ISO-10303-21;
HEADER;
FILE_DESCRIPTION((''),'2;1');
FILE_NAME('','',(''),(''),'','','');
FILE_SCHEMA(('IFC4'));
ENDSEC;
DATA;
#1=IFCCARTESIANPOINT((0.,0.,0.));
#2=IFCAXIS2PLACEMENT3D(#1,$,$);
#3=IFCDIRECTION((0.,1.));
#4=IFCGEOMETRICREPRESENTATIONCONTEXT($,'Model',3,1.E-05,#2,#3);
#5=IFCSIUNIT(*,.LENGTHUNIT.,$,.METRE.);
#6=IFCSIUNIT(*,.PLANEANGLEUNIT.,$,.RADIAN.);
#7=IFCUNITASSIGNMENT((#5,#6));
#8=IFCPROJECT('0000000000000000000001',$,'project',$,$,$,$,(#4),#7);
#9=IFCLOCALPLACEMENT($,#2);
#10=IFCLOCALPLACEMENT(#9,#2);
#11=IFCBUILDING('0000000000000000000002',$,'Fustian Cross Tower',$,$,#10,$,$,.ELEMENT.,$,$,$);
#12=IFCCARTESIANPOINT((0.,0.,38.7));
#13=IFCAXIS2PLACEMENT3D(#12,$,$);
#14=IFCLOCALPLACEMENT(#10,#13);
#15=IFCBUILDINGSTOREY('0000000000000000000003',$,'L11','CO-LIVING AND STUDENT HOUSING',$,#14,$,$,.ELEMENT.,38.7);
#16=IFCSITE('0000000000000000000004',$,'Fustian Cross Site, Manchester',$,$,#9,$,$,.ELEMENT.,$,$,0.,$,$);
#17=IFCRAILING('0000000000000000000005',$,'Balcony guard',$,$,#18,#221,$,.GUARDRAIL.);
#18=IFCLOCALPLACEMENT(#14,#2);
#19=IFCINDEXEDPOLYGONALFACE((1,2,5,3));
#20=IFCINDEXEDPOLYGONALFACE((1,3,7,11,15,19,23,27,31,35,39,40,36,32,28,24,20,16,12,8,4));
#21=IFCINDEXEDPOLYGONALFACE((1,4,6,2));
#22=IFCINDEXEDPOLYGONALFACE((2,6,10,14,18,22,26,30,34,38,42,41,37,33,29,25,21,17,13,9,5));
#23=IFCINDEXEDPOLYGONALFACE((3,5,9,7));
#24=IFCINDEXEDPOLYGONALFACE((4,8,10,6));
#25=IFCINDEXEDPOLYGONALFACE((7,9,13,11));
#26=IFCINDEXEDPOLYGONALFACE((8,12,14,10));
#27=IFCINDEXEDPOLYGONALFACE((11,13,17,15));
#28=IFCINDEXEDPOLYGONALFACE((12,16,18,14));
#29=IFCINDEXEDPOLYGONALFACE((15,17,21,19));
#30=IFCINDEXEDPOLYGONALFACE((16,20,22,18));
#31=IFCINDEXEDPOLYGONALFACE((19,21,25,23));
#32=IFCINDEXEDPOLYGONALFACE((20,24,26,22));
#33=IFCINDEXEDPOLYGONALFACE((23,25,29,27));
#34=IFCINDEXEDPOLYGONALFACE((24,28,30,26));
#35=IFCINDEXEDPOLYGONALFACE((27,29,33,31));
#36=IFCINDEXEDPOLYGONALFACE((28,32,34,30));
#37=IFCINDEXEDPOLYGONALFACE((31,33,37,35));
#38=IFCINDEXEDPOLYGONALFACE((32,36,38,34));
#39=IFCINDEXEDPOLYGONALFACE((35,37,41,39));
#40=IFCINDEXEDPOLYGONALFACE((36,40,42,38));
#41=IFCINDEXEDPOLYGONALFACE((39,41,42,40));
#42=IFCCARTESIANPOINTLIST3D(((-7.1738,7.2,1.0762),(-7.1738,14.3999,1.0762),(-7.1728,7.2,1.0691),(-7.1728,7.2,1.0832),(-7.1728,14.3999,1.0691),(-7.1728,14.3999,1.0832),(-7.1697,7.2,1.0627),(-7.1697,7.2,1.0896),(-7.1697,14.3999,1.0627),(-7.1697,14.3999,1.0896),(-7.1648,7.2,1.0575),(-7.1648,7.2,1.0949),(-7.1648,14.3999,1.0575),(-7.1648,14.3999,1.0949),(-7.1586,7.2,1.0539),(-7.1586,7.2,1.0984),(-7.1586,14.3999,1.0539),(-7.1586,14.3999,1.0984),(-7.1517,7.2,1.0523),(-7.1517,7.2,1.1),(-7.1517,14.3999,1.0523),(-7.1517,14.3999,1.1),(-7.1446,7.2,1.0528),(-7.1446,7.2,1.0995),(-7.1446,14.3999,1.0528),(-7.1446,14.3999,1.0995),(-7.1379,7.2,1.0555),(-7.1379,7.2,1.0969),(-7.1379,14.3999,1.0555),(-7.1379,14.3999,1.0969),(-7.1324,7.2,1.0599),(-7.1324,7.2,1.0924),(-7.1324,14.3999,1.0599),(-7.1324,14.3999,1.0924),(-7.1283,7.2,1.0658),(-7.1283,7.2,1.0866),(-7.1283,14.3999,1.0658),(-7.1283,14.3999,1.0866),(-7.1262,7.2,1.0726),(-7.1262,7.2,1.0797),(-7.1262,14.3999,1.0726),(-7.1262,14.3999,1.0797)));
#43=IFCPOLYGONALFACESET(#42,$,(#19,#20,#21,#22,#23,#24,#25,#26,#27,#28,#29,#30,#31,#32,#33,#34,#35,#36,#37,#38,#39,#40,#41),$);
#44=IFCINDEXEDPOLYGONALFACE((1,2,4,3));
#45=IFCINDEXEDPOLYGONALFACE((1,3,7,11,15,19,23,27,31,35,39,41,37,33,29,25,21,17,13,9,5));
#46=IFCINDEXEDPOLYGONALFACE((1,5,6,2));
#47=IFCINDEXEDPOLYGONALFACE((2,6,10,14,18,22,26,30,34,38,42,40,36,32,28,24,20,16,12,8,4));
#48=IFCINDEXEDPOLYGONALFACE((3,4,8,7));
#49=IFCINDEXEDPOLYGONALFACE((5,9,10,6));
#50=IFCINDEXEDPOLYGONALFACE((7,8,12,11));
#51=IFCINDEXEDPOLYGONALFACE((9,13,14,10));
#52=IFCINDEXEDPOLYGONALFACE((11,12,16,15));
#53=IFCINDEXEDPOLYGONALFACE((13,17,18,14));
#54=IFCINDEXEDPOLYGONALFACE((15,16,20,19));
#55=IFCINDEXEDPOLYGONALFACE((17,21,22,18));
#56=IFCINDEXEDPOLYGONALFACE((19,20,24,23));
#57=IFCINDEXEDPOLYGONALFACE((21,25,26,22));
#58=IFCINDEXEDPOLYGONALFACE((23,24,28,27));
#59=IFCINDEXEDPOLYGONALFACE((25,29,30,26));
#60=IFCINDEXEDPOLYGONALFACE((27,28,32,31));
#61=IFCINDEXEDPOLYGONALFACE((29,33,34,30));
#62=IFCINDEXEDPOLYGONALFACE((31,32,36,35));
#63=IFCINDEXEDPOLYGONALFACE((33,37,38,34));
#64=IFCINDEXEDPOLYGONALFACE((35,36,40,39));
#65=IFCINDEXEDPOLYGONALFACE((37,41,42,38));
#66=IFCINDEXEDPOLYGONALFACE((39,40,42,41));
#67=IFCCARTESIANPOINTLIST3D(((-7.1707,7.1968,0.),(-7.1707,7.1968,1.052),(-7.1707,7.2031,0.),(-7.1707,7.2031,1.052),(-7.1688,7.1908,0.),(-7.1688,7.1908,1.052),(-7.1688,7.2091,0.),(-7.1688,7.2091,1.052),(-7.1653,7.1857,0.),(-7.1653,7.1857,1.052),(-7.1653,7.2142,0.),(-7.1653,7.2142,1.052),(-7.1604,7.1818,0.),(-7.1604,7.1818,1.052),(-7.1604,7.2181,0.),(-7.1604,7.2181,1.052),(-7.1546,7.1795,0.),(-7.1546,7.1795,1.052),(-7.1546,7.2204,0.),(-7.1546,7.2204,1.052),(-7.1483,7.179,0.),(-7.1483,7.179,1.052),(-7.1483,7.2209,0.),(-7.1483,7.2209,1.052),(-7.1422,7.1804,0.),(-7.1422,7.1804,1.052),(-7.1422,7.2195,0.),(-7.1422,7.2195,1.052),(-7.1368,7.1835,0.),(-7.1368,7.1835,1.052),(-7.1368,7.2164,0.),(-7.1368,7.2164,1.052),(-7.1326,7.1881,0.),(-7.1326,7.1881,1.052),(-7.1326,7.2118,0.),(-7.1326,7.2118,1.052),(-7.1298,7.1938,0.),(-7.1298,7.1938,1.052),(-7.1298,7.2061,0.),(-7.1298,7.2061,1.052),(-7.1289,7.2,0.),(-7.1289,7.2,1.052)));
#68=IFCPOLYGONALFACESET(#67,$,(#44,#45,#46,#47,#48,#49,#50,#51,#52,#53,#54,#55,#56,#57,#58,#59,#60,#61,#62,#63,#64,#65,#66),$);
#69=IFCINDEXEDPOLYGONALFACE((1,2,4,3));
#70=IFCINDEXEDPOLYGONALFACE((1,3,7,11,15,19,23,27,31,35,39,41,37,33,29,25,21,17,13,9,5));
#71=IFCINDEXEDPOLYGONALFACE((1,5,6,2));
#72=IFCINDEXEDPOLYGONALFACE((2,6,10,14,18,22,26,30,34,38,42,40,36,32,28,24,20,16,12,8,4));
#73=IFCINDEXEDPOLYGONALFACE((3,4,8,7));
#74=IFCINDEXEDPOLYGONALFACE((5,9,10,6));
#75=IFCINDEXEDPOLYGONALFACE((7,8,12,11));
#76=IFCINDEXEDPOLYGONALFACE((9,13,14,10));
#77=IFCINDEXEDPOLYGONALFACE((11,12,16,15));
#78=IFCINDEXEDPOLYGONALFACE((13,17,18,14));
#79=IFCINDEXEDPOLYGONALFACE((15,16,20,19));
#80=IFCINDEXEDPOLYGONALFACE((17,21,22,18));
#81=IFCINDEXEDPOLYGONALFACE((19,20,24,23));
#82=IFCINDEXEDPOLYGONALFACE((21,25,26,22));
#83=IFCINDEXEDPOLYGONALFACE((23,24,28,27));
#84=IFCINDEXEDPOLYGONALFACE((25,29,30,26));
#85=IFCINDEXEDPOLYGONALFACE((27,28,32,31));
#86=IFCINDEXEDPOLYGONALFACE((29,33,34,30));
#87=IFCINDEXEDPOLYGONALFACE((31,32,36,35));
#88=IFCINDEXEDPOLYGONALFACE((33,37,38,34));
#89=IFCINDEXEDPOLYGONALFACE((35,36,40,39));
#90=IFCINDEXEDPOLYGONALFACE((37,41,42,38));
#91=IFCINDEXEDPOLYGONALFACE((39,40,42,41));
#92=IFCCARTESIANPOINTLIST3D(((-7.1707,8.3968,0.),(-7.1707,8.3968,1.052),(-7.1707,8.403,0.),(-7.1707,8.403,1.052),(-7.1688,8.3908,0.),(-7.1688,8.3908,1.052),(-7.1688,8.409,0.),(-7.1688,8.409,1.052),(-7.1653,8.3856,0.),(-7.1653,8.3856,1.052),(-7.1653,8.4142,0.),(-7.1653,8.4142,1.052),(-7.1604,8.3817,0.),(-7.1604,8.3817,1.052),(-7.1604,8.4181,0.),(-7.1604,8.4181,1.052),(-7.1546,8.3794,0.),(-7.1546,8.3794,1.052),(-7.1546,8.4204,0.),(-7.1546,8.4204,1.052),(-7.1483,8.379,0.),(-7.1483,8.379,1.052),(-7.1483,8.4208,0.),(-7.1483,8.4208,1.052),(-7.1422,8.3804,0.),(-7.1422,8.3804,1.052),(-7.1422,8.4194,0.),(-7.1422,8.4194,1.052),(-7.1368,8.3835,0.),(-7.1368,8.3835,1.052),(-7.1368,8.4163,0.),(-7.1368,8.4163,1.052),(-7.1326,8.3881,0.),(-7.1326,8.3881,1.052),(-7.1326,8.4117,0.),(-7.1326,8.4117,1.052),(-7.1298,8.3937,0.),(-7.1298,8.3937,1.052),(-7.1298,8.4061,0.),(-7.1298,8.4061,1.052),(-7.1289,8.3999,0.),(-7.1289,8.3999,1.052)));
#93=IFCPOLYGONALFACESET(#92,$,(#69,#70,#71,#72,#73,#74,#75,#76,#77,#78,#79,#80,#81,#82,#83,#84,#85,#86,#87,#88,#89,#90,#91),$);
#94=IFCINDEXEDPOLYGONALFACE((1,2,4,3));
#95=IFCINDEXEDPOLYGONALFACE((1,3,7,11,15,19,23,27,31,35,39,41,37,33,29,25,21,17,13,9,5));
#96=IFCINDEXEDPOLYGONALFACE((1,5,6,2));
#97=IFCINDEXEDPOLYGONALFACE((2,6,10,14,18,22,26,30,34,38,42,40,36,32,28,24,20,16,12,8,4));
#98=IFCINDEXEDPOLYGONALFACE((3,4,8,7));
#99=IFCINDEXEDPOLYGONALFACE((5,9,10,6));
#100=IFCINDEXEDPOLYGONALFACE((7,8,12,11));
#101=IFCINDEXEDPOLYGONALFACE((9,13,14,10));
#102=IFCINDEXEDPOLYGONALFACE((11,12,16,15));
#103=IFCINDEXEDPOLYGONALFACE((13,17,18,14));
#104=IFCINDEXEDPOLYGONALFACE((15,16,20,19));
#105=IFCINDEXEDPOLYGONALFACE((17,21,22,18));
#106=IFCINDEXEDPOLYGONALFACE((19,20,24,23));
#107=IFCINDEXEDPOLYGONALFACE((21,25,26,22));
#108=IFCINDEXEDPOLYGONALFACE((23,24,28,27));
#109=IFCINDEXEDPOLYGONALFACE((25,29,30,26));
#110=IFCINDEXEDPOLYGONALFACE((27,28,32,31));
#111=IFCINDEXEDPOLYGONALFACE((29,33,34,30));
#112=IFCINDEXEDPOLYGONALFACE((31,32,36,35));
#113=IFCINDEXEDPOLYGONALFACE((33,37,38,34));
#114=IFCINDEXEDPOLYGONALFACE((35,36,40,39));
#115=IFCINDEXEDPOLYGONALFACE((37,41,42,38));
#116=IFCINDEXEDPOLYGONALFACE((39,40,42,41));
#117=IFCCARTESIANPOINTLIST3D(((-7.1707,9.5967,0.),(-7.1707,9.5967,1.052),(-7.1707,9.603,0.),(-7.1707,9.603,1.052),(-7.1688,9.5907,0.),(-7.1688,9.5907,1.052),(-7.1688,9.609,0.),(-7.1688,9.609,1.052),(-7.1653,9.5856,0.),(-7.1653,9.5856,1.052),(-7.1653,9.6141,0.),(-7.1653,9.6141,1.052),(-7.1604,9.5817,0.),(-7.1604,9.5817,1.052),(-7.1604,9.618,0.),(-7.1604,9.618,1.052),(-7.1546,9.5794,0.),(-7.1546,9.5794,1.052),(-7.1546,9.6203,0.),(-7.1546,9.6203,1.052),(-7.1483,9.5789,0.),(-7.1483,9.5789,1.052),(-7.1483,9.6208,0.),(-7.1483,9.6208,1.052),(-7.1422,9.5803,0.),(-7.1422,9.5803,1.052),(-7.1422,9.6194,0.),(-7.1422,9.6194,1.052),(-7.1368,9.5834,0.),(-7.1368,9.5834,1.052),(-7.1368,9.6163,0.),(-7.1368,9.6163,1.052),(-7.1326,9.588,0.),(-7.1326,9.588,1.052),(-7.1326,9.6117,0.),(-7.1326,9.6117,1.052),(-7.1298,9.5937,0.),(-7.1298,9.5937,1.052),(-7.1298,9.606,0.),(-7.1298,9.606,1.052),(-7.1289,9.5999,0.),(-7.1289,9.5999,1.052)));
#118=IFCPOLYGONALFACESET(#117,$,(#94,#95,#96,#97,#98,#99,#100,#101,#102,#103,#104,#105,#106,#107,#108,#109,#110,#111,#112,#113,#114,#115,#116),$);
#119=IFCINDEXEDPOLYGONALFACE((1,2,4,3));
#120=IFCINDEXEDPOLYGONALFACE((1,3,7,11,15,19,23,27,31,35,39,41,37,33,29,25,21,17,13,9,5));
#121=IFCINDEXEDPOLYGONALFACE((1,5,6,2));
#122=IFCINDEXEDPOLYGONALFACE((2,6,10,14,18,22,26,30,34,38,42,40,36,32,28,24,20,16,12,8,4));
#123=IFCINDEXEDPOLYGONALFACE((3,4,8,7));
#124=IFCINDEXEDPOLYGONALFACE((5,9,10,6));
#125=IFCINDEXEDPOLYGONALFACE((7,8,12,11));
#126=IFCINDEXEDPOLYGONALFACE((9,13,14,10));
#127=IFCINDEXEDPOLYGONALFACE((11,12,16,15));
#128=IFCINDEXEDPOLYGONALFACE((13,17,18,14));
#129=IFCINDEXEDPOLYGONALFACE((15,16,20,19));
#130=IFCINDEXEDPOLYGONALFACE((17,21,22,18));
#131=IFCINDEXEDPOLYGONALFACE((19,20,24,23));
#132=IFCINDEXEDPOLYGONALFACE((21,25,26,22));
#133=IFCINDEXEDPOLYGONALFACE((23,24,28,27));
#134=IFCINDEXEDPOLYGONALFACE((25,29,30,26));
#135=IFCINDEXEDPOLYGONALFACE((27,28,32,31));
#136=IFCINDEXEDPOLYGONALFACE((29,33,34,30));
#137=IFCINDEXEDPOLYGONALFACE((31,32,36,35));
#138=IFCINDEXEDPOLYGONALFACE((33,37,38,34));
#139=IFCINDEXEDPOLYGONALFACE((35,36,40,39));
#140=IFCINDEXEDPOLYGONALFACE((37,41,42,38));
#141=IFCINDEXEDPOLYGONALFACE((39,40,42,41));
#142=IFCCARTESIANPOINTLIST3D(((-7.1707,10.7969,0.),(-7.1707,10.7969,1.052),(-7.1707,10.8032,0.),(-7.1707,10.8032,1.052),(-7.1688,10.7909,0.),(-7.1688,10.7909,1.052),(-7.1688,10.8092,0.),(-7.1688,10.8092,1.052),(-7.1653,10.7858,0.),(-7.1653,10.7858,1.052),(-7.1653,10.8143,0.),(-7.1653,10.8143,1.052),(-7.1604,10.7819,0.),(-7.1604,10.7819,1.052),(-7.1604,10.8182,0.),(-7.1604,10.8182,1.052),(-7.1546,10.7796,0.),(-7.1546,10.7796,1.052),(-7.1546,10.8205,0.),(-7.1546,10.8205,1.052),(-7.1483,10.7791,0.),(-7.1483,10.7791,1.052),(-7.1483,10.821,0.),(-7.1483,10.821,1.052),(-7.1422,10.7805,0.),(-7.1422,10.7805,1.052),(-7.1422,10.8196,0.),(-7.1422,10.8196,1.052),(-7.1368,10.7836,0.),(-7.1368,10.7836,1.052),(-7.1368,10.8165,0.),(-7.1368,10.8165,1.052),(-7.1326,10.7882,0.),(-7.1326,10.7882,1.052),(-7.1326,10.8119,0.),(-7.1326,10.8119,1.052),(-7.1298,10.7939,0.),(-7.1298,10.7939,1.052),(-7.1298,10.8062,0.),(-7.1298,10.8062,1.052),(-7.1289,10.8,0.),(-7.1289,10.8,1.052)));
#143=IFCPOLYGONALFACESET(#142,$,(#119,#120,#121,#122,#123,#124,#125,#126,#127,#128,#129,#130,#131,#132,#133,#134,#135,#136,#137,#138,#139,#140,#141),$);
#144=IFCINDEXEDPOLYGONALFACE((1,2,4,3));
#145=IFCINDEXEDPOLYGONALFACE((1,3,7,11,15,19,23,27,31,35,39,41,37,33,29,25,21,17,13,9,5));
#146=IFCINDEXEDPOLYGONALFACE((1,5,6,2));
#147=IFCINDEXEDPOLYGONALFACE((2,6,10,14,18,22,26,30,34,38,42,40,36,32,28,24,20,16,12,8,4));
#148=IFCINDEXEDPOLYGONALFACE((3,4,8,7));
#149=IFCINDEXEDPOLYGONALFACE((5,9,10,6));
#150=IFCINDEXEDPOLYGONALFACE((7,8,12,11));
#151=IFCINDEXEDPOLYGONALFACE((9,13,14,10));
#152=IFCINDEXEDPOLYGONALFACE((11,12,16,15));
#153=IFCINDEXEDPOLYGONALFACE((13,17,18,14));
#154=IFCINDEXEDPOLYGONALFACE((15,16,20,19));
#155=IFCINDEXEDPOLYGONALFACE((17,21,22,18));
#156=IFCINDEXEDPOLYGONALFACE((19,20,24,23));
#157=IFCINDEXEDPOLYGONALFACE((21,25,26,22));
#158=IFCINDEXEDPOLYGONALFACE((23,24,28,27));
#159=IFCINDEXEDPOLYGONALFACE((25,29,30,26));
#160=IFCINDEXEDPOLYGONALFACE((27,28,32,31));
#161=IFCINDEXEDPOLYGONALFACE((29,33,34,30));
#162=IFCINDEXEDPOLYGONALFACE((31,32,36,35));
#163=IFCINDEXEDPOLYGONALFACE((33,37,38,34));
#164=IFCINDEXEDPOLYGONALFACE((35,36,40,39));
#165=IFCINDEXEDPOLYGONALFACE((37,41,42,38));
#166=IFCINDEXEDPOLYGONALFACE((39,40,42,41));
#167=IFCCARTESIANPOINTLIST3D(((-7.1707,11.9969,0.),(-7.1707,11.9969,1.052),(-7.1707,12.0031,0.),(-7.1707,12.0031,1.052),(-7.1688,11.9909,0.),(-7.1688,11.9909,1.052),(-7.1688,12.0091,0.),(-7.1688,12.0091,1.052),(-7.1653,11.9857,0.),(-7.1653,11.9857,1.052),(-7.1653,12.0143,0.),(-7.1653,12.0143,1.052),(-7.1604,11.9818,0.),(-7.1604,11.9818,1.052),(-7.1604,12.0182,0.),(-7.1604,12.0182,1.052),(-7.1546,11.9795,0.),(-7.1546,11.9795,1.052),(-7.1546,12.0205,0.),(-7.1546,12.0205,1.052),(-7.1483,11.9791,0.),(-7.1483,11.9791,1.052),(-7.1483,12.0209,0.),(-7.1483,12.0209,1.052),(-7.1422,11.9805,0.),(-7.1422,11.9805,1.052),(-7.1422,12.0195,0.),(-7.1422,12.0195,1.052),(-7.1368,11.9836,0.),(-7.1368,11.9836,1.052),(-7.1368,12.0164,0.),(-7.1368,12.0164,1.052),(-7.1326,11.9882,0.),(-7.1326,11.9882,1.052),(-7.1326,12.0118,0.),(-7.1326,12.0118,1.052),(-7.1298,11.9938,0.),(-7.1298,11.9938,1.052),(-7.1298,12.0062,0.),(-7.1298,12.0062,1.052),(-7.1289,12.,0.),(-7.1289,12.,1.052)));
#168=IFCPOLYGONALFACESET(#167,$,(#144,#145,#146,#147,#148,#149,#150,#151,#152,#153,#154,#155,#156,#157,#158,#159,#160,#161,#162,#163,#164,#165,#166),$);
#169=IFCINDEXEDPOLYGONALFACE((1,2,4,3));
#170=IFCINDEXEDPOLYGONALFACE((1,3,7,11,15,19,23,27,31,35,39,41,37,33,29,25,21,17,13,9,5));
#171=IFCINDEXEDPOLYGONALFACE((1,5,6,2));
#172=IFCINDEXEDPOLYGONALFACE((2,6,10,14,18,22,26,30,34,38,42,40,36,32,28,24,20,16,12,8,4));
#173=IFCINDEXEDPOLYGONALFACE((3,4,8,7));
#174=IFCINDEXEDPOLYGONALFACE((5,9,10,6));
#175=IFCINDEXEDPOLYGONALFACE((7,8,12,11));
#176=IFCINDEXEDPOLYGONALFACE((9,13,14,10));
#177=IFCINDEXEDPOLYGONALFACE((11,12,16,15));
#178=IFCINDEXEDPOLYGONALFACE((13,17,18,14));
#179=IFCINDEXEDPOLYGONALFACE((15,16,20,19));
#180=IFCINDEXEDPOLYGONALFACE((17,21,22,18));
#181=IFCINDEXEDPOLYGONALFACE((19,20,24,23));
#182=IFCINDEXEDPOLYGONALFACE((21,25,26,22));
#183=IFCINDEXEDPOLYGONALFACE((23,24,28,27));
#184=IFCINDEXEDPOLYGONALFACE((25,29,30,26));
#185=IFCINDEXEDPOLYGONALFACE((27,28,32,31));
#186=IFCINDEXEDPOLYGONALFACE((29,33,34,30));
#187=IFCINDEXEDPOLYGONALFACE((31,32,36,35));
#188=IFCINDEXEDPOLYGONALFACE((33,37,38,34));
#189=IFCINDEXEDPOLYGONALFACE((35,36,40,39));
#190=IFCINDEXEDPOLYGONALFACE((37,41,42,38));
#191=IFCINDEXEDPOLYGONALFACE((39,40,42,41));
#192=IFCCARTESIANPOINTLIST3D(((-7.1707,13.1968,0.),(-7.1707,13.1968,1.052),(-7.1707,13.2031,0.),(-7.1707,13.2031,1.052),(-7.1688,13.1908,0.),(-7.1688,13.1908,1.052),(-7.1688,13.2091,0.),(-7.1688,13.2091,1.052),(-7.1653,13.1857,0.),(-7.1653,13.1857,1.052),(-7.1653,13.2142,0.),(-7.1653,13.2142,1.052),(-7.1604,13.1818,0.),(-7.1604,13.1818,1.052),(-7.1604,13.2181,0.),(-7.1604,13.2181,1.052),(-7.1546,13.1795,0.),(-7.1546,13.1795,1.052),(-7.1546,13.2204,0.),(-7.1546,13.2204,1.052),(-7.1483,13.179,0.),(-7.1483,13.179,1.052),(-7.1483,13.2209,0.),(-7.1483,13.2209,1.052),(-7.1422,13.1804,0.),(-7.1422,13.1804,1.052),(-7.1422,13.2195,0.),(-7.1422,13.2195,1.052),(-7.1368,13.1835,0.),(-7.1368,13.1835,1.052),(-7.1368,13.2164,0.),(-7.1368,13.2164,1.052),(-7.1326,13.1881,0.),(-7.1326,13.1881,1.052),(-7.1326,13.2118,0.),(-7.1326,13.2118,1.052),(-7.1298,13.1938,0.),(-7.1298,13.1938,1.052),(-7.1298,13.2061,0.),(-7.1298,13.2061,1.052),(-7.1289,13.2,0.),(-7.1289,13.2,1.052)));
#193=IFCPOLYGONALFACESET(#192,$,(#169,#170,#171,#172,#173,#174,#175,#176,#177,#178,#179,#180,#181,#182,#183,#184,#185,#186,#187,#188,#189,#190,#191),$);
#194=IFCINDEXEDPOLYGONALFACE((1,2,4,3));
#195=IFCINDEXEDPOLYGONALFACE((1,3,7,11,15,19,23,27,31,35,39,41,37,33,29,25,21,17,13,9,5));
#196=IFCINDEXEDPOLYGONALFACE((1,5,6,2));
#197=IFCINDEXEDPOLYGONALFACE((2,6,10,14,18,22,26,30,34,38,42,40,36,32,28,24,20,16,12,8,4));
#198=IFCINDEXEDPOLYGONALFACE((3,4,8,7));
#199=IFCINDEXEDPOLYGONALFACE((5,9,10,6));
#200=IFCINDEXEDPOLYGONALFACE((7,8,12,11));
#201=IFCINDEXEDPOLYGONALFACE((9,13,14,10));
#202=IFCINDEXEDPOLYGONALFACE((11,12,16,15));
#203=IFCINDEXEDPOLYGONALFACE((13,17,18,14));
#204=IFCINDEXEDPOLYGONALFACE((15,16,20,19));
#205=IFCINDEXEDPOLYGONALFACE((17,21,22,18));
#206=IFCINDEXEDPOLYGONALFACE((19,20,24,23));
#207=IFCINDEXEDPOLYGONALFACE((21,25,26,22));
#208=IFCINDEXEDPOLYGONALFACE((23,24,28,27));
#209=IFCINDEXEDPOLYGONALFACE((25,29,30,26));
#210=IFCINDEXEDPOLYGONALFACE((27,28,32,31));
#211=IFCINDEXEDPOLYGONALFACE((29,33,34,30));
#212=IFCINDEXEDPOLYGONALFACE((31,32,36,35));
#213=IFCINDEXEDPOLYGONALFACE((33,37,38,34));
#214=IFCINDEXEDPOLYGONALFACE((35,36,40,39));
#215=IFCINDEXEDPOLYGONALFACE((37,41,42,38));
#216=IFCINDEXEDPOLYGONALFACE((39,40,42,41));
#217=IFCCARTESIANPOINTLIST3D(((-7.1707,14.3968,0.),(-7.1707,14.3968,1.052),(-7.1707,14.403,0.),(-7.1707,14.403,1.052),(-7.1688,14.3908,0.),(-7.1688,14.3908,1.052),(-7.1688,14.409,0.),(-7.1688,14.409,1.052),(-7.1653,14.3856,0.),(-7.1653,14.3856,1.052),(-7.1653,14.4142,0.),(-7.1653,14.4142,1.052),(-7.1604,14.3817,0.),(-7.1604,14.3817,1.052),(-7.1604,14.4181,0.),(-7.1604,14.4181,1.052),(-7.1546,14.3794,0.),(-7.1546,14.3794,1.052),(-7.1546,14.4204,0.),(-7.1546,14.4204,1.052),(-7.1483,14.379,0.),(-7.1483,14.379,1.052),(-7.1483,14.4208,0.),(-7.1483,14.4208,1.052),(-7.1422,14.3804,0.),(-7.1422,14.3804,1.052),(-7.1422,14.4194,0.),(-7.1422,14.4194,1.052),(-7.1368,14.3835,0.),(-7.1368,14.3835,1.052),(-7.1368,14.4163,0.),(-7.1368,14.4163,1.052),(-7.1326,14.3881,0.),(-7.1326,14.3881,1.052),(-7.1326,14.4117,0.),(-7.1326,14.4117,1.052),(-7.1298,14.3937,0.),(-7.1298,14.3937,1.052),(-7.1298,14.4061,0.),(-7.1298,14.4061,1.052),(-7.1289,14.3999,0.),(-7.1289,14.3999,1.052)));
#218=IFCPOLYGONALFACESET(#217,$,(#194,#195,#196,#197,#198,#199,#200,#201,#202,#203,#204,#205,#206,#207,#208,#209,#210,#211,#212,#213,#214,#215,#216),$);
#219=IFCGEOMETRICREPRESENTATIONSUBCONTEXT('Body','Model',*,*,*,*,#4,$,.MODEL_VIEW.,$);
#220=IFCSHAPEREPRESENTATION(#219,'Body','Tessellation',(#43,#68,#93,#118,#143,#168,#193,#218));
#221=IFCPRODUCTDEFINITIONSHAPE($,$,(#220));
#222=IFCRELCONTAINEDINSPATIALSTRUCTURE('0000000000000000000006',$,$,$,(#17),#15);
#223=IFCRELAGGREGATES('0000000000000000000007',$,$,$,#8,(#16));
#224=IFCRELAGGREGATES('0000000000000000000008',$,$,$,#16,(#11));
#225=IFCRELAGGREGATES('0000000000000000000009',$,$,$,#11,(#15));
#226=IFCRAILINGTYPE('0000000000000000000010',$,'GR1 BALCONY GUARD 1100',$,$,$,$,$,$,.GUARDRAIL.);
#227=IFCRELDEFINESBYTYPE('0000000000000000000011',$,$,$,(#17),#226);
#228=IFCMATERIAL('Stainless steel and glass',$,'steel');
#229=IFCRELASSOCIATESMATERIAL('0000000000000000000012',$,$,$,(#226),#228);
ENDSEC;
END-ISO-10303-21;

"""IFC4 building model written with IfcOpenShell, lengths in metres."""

from ifc_helpers import new_model, si_unit, direction, frame, origin, origin_2d, place, context, subcontext, project, spatial, circle, extrude, material, type_object, element, save


model = new_model("IFC4")

# Units and contexts
model_context = context("Model", 3, precision=1e-05, world=origin(), true_north=direction((0.0, 1.0)))
body_context = subcontext(model_context, "Body", "Model", "MODEL_VIEW")
ifc_project = project(units=[si_unit("LENGTHUNIT", "METRE"), si_unit("PLANEANGLEUNIT", "RADIAN")], contexts=[model_context])

# Site, building, storey
site_placement = place(None, origin())
site = spatial("IfcSite", under=ifc_project, at=site_placement, Name="Fustian Cross Site, Manchester", CompositionType="ELEMENT", RefElevation=0.0)
building_placement = place(site_placement, origin())
building = spatial("IfcBuilding", under=site, at=building_placement, Name="Fustian Cross Tower", CompositionType="ELEMENT")
storey_placement = place(building_placement, frame((0.0, 0.0, 38.7)))
storey = spatial("IfcBuildingStorey", under=building, at=storey_placement, Name="L11", Description="CO-LIVING AND STUDENT HOUSING", CompositionType="ELEMENT", Elevation=38.7)

# Railing
ifc_material_1 = material(Name="Stainless steel and glass", Category="steel")
railing_type = type_object("IfcRailingType", Name="GR1 BALCONY GUARD 1100", PredefinedType="GUARDRAIL", material=ifc_material_1)
railing_placement = place(storey_placement, frame((-7.1499, 7.2, 0.0)))
element("IfcRailing", 1, at=railing_placement, inside=storey, type_object=railing_type, Name="Balcony guard", PredefinedType="GUARDRAIL", context=body_context, shape_type="SweptSolid", body=[
    extrude(circle(Radius=0.0239, at=origin_2d()), frame((0.0, 0.0, 1.0762), z_axis=(0.0, 1.0, 0.0), x_axis=(-1.0, 0.0, 0.0)), (0.0, 0.0, 1.0), 7.2),
    extrude(circle(Radius=0.021, at=origin_2d()), origin(), (0.0, 0.0, 1.0), 1.052),
    extrude(circle(Radius=0.021, at=origin_2d()), frame((0.0, 1.2, 0.0)), (0.0, 0.0, 1.0), 1.052),
    extrude(circle(Radius=0.021, at=origin_2d()), frame((0.0, 2.3999, 0.0)), (0.0, 0.0, 1.0), 1.052),
    extrude(circle(Radius=0.021, at=origin_2d()), frame((0.0, 3.6001, 0.0)), (0.0, 0.0, 1.0), 1.052),
    extrude(circle(Radius=0.021, at=origin_2d()), frame((0.0, 4.8, 0.0)), (0.0, 0.0, 1.0), 1.052),
    extrude(circle(Radius=0.021, at=origin_2d()), frame((0.0, 6.0, 0.0)), (0.0, 0.0, 1.0), 1.052),
    extrude(circle(Radius=0.021, at=origin_2d()), frame((0.0, 7.2, 0.0)), (0.0, 0.0, 1.0), 1.052),
])

save(model, "model.ifc")
